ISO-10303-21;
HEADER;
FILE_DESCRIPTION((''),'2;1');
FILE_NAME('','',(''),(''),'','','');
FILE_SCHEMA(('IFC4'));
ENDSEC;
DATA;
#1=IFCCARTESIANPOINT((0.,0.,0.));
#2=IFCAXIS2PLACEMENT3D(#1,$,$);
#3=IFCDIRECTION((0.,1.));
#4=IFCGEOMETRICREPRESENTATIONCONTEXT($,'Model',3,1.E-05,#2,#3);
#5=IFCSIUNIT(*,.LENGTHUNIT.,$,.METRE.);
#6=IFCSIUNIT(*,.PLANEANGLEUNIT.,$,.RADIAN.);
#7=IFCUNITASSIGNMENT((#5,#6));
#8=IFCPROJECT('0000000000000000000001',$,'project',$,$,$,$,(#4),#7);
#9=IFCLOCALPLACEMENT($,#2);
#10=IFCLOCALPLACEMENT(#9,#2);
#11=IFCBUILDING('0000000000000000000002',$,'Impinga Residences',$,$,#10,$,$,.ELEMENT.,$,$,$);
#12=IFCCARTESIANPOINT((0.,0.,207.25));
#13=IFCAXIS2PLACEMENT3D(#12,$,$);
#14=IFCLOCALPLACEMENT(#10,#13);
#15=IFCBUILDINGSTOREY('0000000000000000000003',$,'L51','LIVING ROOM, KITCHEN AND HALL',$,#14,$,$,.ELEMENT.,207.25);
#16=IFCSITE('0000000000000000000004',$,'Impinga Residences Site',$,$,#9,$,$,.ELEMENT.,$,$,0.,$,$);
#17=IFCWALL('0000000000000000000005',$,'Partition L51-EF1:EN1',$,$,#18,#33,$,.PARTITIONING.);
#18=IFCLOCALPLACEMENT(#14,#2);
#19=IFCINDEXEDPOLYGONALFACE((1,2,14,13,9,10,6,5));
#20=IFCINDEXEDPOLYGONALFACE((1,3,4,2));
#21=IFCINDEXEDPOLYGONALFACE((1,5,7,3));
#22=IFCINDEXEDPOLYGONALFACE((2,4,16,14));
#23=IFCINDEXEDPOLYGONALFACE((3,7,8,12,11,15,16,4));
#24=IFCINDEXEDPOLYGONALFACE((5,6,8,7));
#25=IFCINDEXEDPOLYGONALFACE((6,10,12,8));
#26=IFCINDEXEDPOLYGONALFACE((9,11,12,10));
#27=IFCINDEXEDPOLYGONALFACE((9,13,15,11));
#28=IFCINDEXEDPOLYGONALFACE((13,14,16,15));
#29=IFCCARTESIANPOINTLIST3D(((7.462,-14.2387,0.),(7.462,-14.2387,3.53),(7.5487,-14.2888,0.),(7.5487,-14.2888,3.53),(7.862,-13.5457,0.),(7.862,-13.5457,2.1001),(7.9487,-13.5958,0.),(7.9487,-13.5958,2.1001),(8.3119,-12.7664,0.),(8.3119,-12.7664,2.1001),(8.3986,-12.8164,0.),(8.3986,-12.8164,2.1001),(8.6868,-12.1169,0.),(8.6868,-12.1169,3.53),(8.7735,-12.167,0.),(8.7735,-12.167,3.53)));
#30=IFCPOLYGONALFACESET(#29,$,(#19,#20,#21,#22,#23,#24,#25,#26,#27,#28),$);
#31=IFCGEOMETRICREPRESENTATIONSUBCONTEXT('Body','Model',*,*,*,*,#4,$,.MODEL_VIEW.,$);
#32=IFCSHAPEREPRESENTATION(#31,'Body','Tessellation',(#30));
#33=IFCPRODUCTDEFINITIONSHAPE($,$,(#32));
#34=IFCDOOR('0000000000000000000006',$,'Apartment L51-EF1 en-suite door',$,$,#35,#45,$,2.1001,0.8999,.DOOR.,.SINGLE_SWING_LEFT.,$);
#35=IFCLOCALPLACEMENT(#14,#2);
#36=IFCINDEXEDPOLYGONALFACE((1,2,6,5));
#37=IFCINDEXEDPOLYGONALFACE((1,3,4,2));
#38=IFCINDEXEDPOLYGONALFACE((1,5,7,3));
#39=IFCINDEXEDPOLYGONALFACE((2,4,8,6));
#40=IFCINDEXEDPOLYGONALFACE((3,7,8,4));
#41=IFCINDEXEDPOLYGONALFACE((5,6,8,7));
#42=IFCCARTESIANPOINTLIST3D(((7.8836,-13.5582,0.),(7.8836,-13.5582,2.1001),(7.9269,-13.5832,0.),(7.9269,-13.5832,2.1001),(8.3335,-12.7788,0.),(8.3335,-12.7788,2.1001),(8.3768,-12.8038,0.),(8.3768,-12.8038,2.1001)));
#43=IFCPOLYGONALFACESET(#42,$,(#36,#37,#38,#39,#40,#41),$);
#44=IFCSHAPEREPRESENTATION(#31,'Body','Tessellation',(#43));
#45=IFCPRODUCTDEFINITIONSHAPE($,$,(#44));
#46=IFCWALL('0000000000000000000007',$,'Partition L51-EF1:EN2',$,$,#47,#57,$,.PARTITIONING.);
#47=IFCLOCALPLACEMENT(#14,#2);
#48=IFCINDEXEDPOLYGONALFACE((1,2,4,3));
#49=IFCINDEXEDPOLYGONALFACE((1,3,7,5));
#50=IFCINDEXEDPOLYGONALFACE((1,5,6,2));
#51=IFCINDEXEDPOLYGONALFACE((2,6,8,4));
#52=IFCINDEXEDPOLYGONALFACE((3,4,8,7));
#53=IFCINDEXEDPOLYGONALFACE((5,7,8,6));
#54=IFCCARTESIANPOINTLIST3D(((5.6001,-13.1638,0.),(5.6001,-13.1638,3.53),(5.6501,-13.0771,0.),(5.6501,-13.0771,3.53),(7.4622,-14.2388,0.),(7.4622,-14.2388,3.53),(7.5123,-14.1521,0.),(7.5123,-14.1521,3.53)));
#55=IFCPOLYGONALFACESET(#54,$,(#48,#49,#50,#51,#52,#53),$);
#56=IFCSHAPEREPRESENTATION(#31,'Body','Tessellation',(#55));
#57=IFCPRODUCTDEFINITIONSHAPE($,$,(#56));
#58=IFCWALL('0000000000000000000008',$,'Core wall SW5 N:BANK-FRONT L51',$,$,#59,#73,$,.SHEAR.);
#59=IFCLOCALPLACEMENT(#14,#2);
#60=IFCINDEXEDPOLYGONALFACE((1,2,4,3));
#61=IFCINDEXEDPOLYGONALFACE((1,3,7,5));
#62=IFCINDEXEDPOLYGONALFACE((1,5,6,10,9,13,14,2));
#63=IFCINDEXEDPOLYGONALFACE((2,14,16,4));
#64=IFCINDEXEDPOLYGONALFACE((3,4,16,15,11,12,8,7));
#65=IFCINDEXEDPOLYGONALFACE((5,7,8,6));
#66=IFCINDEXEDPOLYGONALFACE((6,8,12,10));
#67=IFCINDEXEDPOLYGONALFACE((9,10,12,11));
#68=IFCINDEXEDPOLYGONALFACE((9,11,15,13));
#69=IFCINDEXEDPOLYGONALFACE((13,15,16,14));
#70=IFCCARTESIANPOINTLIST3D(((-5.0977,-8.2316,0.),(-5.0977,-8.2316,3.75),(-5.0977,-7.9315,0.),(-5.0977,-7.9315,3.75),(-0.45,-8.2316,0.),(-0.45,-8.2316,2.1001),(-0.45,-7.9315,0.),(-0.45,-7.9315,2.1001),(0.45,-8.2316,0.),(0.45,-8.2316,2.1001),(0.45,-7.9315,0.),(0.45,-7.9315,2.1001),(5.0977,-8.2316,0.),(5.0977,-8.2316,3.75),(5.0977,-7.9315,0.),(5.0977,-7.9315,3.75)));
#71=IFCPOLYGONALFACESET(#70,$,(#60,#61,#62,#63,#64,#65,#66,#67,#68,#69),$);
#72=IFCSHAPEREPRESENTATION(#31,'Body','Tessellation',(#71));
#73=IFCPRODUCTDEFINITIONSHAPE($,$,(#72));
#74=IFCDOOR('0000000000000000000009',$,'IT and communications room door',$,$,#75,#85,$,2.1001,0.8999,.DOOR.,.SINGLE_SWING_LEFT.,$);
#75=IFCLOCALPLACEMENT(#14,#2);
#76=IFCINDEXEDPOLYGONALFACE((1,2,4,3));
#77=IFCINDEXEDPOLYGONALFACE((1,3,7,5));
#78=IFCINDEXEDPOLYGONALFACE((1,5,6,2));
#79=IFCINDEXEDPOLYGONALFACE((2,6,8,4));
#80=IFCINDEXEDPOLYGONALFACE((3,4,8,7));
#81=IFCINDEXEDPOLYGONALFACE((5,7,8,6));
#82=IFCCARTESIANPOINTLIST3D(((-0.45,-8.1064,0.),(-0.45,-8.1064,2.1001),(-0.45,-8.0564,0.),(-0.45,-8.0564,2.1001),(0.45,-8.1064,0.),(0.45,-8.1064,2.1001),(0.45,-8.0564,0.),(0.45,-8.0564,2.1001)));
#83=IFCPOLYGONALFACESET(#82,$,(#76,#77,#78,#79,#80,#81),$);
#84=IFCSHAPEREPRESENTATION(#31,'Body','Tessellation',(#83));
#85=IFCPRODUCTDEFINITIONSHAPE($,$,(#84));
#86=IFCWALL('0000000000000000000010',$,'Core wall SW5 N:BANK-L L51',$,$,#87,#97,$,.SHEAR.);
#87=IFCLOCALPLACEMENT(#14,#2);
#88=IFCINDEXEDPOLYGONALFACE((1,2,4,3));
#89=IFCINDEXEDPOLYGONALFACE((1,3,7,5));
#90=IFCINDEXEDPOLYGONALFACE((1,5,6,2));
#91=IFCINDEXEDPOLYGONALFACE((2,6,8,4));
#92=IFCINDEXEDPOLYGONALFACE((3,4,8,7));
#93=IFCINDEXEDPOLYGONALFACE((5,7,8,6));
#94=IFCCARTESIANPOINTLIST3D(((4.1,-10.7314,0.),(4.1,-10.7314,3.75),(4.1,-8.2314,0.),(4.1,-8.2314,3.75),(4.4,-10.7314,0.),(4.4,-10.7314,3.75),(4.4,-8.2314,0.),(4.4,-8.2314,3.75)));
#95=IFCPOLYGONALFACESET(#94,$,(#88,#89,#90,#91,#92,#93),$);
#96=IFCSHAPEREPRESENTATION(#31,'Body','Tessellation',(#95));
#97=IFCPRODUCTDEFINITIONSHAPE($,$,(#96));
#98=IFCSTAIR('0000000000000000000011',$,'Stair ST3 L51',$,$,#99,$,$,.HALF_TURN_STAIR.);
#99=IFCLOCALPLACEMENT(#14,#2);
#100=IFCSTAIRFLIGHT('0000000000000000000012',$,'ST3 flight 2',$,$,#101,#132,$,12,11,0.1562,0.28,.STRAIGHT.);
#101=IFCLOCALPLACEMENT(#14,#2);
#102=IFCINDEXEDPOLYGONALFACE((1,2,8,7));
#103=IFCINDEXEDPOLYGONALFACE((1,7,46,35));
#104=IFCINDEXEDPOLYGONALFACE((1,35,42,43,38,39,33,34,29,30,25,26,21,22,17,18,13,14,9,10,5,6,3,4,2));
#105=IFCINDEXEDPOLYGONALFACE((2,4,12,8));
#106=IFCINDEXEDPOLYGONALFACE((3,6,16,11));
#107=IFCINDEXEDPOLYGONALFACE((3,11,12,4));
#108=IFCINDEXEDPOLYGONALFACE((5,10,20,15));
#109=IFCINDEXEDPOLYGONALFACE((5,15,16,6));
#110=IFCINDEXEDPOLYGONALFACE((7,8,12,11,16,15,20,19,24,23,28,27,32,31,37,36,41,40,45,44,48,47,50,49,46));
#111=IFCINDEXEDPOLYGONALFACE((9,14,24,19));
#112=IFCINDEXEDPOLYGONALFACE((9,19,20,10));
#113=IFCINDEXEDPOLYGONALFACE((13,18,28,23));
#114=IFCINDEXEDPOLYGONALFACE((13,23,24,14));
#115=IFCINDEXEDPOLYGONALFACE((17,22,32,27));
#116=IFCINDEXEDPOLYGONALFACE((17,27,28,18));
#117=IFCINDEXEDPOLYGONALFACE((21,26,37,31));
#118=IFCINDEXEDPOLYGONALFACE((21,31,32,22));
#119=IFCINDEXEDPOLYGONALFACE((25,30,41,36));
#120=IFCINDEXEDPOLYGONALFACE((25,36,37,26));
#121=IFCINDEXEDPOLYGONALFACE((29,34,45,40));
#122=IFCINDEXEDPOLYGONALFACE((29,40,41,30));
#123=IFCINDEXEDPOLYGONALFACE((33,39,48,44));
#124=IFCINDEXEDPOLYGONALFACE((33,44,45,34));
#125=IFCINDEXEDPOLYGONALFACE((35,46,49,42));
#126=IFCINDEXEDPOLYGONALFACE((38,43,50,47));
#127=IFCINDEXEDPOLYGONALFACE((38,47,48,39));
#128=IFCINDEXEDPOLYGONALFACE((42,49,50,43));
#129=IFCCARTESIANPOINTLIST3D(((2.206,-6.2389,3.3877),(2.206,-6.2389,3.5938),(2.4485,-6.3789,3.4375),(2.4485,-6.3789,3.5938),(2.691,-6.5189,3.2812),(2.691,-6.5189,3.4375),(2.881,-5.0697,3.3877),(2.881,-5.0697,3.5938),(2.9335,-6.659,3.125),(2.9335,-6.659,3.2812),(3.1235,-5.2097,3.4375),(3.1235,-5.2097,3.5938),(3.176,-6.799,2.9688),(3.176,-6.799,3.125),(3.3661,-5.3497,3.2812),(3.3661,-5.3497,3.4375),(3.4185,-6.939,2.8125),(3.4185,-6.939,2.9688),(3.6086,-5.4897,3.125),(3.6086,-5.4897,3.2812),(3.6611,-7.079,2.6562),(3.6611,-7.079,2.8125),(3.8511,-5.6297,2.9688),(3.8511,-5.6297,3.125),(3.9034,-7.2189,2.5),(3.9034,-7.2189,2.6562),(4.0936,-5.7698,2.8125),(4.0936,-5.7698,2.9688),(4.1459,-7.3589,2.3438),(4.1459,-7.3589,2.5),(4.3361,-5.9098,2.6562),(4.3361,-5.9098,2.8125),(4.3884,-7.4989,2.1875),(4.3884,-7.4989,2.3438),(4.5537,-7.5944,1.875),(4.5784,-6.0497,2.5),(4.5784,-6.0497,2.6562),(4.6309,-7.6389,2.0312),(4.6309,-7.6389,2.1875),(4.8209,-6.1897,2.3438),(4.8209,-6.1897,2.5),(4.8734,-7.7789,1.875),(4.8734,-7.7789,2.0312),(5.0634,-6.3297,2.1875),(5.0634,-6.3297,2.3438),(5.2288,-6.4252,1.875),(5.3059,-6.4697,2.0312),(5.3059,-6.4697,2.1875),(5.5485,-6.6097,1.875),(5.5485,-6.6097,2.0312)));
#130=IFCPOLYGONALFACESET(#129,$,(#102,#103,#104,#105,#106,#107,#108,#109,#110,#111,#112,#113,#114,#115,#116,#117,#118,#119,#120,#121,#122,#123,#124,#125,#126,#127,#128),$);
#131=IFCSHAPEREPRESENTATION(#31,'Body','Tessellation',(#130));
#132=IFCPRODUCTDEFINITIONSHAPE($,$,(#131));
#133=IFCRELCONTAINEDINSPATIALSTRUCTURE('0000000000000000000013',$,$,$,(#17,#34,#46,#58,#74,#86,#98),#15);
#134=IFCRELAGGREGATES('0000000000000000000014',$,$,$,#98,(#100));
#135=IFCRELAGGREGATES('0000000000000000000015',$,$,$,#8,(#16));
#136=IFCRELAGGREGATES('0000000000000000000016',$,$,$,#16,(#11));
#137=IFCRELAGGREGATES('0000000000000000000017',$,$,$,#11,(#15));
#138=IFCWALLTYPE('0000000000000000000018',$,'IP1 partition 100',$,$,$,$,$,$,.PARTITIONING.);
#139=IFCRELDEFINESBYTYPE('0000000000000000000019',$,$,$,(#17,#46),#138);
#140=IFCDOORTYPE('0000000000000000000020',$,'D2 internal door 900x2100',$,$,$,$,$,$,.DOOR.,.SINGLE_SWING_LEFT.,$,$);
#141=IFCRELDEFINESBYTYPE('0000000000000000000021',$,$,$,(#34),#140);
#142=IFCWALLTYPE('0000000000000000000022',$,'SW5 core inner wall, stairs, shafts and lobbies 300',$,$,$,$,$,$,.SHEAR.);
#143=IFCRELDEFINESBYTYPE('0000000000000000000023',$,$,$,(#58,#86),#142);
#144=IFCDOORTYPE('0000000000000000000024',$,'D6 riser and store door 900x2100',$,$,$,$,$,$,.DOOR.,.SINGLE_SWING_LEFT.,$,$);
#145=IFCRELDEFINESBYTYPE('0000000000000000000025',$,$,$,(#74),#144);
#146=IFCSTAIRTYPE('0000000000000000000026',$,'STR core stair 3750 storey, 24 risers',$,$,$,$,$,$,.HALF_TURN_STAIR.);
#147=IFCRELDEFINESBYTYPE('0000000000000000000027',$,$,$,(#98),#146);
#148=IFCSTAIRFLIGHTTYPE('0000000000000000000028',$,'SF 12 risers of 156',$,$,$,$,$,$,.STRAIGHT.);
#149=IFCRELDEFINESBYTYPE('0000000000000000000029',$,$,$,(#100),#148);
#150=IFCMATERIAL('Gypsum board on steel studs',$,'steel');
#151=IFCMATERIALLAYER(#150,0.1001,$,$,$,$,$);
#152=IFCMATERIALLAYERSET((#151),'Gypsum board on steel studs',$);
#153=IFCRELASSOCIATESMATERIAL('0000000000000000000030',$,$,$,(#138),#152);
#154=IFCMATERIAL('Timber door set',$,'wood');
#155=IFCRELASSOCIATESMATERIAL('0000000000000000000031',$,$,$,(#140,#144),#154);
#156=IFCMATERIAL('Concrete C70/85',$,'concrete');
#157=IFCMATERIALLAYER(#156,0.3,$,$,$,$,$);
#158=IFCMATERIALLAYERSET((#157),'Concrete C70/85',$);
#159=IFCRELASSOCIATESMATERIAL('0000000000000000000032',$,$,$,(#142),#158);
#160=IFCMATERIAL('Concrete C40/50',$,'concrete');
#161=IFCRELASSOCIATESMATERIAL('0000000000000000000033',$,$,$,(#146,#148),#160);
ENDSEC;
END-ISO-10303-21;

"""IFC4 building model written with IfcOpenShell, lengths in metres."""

from ifc_helpers import new_model, si_unit, direction, frame, frame_2d, origin, place, context, subcontext, project, spatial, polyline, rectangle, outline, extrude, material, layer, layer_set, type_object, element, fill, aggregate, save


model = new_model("IFC4")

# Units and contexts
model_context = context("Model", 3, precision=1e-05, world=origin(), true_north=direction((0.0, 1.0)))
body_context = subcontext(model_context, "Body", "Model", "MODEL_VIEW")
ifc_project = project(units=[si_unit("LENGTHUNIT", "METRE"), si_unit("PLANEANGLEUNIT", "RADIAN")], contexts=[model_context])

# Site, building, storey
site_placement = place(None, origin())
site = spatial("IfcSite", under=ifc_project, at=site_placement, Name="Impinga Residences Site", CompositionType="ELEMENT", RefElevation=0.0)
building_placement = place(site_placement, origin())
building = spatial("IfcBuilding", under=site, at=building_placement, Name="Impinga Residences", CompositionType="ELEMENT")
storey_placement = place(building_placement, frame((0.0, 0.0, 207.25)))
storey = spatial("IfcBuildingStorey", under=building, at=storey_placement, Name="L51", Description="LIVING ROOM, KITCHEN AND HALL", CompositionType="ELEMENT", Elevation=207.25)

# Shared definitions
ifc_material_1 = material(Name="Timber door set", Category="wood")

# Shared definitions
ifc_material_2 = material(Name="Gypsum board on steel studs", Category="steel")
ifc_layer_1 = layer(ifc_material_2, 0.1001)
ifc_layer_set_1 = layer_set([ifc_layer_1], Name="Gypsum board on steel studs")
wall_type_1 = type_object("IfcWallType", Name="IP1 partition 100", PredefinedType="PARTITIONING", material=ifc_layer_set_1)

# Shared definitions
door_type_1 = type_object("IfcDoorType", Name="D2 internal door 900x2100", OperationType="SINGLE_SWING_LEFT", PredefinedType="DOOR", material=ifc_material_1)

# Wall, opening, door
wall_1_placement = place(storey_placement, frame((8.7302, -12.1418, 0.0), z_axis=(0.0, 0.0, 1.0), x_axis=(-0.499944, -0.866058, 0.0)))
wall_1 = element("IfcWall", 1, at=wall_1_placement, inside=storey, type_object=wall_type_1, Name="Partition L51-EF1:EN1", PredefinedType="PARTITIONING", context=body_context, shape_type="SweptSolid", body=[
    extrude(rectangle(XDim=2.45, YDim=0.1001, at=frame_2d((1.2251, 0.0))), origin(), (0.0, 0.0, 1.0), 3.53),
])
opening_1_placement = place(wall_1_placement, frame((0.75, 0.0, 0.0)))
opening_1 = element("IfcOpeningElement", 2, at=opening_1_placement, cuts=wall_1, PredefinedType="OPENING", context=body_context, shape_type="SweptSolid", body=[
    extrude(rectangle(XDim=0.8999, YDim=2.1001, at=frame_2d((0.45, 1.05))), frame((0.0, 0.0601, 0.0), z_axis=(0.0, -1.0, 0.0), x_axis=(1.0, 0.0, 0.0)), (0.0, 0.0, 1.0), 0.1201),
])
door_1_placement = place(opening_1_placement, origin())
door_1 = element("IfcDoor", 3, at=door_1_placement, inside=storey, type_object=door_type_1, Name="Apartment L51-EF1 en-suite door", OperationType="SINGLE_SWING_LEFT", OverallHeight=2.1001, OverallWidth=0.8999, PredefinedType="DOOR", context=body_context, shape_type="SweptSolid", body=[
    extrude(rectangle(XDim=0.8999, YDim=2.1001, at=frame_2d((0.45, 1.05))), frame((0.0, 0.0249, 0.0), z_axis=(0.0, -1.0, 0.0), x_axis=(1.0, 0.0, 0.0)), (0.0, 0.0, 1.0), 0.05),
])
fill(opening_1, door_1)

# Wall
wall_2_placement = place(storey_placement, frame((5.625, -13.1204, 0.0), z_axis=(0.0, 0.0, 1.0), x_axis=(0.866048, -0.499962, 0.0)))
element("IfcWall", 4, at=wall_2_placement, inside=storey, type_object=wall_type_1, Name="Partition L51-EF1:EN2", PredefinedType="PARTITIONING", context=body_context, shape_type="SweptSolid", body=[
    extrude(rectangle(XDim=2.1501, YDim=0.1001, at=frame_2d((1.0752, 0.0))), origin(), (0.0, 0.0, 1.0), 3.53),
])

# Wall, opening, door
ifc_material_3 = material(Name="Concrete C70/85", Category="concrete")
ifc_layer_2 = layer(ifc_material_3, 0.3)
ifc_layer_set_2 = layer_set([ifc_layer_2], Name="Concrete C70/85")
wall_type_2 = type_object("IfcWallType", Name="SW5 core inner wall, stairs, shafts and lobbies 300", PredefinedType="SHEAR", material=ifc_layer_set_2)
wall_3_placement = place(storey_placement, frame((5.0977, -8.0815, 0.0), z_axis=(0.0, 0.0, 1.0), x_axis=(-1.0, 0.0, 0.0)))
wall_3 = element("IfcWall", 5, at=wall_3_placement, inside=storey, type_object=wall_type_2, Name="Core wall SW5 N:BANK-FRONT L51", PredefinedType="SHEAR", context=body_context, shape_type="SweptSolid", body=[
    extrude(rectangle(XDim=10.1953, YDim=0.3, at=frame_2d((5.0977, 0.0))), origin(), (0.0, 0.0, 1.0), 3.75),
])
opening_2_placement = place(wall_3_placement, frame((4.6477, 0.0, 0.0)))
opening_2 = element("IfcOpeningElement", 6, at=opening_2_placement, cuts=wall_3, PredefinedType="OPENING", context=body_context, shape_type="SweptSolid", body=[
    extrude(rectangle(XDim=0.8999, YDim=2.1001, at=frame_2d((0.45, 1.05))), frame((0.0, 0.1599, 0.0), z_axis=(0.0, -1.0, 0.0), x_axis=(1.0, 0.0, 0.0)), (0.0, 0.0, 1.0), 0.3201),
])
door_type_2 = type_object("IfcDoorType", Name="D6 riser and store door 900x2100", OperationType="SINGLE_SWING_LEFT", PredefinedType="DOOR", material=ifc_material_1)
door_2_placement = place(opening_2_placement, origin())
door_2 = element("IfcDoor", 7, at=door_2_placement, inside=storey, type_object=door_type_2, Name="IT and communications room door", OperationType="SINGLE_SWING_LEFT", OverallHeight=2.1001, OverallWidth=0.8999, PredefinedType="DOOR", context=body_context, shape_type="SweptSolid", body=[
    extrude(rectangle(XDim=0.8999, YDim=2.1001, at=frame_2d((0.45, 1.05))), frame((0.0, 0.0249, 0.0), z_axis=(0.0, -1.0, 0.0), x_axis=(1.0, 0.0, 0.0)), (0.0, 0.0, 1.0), 0.05),
])
fill(opening_2, door_2)

# Wall
wall_4_placement = place(storey_placement, frame((4.25, -8.2314, 0.0), z_axis=(0.0, 0.0, 1.0), x_axis=(0.0, -1.0, 0.0)))
element("IfcWall", 8, at=wall_4_placement, inside=storey, type_object=wall_type_2, Name="Core wall SW5 N:BANK-L L51", PredefinedType="SHEAR", context=body_context, shape_type="SweptSolid", body=[
    extrude(rectangle(XDim=2.5, YDim=0.3, at=frame_2d((1.25, 0.0))), origin(), (0.0, 0.0, 1.0), 3.75),
])

# Stair, stair flight
ifc_material_4 = material(Name="Concrete C40/50", Category="concrete")
stair_type = type_object("IfcStairType", Name="STR core stair 3750 storey, 24 risers", PredefinedType="HALF_TURN_STAIR", material=ifc_material_4)
stair_placement = place(storey_placement, origin())
stair = element("IfcStair", 9, at=stair_placement, inside=storey, type_object=stair_type, Name="Stair ST3 L51", PredefinedType="HALF_TURN_STAIR")
stair_flight_type = type_object("IfcStairFlightType", Name="SF 12 risers of 156", PredefinedType="STRAIGHT", material=ifc_material_4)
stair_flight_placement = place(storey_placement, frame((5.2109, -7.1943, 1.875), z_axis=(0.0, 0.0, 1.0), x_axis=(-0.866025, 0.5, 0.0)))
stair_flight = element("IfcStairFlight", 10, at=stair_flight_placement, type_object=stair_flight_type, Name="ST3 flight 2", NumberOfRisers=12, NumberOfTreads=11, PredefinedType="STRAIGHT", RiserHeight=0.1562, TreadLength=0.28, context=body_context, shape_type="SweptSolid", body=[
    extrude(outline(polyline([(0.0, 0.0), (0.0, 0.1562), (0.28, 0.1562), (0.28, 0.3125), (0.5601, 0.3125), (0.5601, 0.4688), (0.8401, 0.4688), (0.8401, 0.625), (1.1201, 0.625), (1.1201, 0.7812), (1.3999, 0.7812), (1.3999, 0.9375), (1.6799, 0.9375), (1.6799, 1.0938), (1.96, 1.0938), (1.96, 1.25), (2.24, 1.25), (2.24, 1.4062), (2.52, 1.4062), (2.52, 1.5625), (2.8, 1.5625), (2.8, 1.7188), (3.0801, 1.7188), (3.0801, 1.875), (3.0801, 1.5127), (0.3691, 0.0), (0.0, 0.0)])), frame((0.0, 0.675, 0.0), z_axis=(0.0, -1.0, 0.0), x_axis=(1.0, 0.0, 0.0)), (0.0, 0.0, 1.0), 1.3501),
])
aggregate(stair, [stair_flight])

save(model, "model.ifc")
